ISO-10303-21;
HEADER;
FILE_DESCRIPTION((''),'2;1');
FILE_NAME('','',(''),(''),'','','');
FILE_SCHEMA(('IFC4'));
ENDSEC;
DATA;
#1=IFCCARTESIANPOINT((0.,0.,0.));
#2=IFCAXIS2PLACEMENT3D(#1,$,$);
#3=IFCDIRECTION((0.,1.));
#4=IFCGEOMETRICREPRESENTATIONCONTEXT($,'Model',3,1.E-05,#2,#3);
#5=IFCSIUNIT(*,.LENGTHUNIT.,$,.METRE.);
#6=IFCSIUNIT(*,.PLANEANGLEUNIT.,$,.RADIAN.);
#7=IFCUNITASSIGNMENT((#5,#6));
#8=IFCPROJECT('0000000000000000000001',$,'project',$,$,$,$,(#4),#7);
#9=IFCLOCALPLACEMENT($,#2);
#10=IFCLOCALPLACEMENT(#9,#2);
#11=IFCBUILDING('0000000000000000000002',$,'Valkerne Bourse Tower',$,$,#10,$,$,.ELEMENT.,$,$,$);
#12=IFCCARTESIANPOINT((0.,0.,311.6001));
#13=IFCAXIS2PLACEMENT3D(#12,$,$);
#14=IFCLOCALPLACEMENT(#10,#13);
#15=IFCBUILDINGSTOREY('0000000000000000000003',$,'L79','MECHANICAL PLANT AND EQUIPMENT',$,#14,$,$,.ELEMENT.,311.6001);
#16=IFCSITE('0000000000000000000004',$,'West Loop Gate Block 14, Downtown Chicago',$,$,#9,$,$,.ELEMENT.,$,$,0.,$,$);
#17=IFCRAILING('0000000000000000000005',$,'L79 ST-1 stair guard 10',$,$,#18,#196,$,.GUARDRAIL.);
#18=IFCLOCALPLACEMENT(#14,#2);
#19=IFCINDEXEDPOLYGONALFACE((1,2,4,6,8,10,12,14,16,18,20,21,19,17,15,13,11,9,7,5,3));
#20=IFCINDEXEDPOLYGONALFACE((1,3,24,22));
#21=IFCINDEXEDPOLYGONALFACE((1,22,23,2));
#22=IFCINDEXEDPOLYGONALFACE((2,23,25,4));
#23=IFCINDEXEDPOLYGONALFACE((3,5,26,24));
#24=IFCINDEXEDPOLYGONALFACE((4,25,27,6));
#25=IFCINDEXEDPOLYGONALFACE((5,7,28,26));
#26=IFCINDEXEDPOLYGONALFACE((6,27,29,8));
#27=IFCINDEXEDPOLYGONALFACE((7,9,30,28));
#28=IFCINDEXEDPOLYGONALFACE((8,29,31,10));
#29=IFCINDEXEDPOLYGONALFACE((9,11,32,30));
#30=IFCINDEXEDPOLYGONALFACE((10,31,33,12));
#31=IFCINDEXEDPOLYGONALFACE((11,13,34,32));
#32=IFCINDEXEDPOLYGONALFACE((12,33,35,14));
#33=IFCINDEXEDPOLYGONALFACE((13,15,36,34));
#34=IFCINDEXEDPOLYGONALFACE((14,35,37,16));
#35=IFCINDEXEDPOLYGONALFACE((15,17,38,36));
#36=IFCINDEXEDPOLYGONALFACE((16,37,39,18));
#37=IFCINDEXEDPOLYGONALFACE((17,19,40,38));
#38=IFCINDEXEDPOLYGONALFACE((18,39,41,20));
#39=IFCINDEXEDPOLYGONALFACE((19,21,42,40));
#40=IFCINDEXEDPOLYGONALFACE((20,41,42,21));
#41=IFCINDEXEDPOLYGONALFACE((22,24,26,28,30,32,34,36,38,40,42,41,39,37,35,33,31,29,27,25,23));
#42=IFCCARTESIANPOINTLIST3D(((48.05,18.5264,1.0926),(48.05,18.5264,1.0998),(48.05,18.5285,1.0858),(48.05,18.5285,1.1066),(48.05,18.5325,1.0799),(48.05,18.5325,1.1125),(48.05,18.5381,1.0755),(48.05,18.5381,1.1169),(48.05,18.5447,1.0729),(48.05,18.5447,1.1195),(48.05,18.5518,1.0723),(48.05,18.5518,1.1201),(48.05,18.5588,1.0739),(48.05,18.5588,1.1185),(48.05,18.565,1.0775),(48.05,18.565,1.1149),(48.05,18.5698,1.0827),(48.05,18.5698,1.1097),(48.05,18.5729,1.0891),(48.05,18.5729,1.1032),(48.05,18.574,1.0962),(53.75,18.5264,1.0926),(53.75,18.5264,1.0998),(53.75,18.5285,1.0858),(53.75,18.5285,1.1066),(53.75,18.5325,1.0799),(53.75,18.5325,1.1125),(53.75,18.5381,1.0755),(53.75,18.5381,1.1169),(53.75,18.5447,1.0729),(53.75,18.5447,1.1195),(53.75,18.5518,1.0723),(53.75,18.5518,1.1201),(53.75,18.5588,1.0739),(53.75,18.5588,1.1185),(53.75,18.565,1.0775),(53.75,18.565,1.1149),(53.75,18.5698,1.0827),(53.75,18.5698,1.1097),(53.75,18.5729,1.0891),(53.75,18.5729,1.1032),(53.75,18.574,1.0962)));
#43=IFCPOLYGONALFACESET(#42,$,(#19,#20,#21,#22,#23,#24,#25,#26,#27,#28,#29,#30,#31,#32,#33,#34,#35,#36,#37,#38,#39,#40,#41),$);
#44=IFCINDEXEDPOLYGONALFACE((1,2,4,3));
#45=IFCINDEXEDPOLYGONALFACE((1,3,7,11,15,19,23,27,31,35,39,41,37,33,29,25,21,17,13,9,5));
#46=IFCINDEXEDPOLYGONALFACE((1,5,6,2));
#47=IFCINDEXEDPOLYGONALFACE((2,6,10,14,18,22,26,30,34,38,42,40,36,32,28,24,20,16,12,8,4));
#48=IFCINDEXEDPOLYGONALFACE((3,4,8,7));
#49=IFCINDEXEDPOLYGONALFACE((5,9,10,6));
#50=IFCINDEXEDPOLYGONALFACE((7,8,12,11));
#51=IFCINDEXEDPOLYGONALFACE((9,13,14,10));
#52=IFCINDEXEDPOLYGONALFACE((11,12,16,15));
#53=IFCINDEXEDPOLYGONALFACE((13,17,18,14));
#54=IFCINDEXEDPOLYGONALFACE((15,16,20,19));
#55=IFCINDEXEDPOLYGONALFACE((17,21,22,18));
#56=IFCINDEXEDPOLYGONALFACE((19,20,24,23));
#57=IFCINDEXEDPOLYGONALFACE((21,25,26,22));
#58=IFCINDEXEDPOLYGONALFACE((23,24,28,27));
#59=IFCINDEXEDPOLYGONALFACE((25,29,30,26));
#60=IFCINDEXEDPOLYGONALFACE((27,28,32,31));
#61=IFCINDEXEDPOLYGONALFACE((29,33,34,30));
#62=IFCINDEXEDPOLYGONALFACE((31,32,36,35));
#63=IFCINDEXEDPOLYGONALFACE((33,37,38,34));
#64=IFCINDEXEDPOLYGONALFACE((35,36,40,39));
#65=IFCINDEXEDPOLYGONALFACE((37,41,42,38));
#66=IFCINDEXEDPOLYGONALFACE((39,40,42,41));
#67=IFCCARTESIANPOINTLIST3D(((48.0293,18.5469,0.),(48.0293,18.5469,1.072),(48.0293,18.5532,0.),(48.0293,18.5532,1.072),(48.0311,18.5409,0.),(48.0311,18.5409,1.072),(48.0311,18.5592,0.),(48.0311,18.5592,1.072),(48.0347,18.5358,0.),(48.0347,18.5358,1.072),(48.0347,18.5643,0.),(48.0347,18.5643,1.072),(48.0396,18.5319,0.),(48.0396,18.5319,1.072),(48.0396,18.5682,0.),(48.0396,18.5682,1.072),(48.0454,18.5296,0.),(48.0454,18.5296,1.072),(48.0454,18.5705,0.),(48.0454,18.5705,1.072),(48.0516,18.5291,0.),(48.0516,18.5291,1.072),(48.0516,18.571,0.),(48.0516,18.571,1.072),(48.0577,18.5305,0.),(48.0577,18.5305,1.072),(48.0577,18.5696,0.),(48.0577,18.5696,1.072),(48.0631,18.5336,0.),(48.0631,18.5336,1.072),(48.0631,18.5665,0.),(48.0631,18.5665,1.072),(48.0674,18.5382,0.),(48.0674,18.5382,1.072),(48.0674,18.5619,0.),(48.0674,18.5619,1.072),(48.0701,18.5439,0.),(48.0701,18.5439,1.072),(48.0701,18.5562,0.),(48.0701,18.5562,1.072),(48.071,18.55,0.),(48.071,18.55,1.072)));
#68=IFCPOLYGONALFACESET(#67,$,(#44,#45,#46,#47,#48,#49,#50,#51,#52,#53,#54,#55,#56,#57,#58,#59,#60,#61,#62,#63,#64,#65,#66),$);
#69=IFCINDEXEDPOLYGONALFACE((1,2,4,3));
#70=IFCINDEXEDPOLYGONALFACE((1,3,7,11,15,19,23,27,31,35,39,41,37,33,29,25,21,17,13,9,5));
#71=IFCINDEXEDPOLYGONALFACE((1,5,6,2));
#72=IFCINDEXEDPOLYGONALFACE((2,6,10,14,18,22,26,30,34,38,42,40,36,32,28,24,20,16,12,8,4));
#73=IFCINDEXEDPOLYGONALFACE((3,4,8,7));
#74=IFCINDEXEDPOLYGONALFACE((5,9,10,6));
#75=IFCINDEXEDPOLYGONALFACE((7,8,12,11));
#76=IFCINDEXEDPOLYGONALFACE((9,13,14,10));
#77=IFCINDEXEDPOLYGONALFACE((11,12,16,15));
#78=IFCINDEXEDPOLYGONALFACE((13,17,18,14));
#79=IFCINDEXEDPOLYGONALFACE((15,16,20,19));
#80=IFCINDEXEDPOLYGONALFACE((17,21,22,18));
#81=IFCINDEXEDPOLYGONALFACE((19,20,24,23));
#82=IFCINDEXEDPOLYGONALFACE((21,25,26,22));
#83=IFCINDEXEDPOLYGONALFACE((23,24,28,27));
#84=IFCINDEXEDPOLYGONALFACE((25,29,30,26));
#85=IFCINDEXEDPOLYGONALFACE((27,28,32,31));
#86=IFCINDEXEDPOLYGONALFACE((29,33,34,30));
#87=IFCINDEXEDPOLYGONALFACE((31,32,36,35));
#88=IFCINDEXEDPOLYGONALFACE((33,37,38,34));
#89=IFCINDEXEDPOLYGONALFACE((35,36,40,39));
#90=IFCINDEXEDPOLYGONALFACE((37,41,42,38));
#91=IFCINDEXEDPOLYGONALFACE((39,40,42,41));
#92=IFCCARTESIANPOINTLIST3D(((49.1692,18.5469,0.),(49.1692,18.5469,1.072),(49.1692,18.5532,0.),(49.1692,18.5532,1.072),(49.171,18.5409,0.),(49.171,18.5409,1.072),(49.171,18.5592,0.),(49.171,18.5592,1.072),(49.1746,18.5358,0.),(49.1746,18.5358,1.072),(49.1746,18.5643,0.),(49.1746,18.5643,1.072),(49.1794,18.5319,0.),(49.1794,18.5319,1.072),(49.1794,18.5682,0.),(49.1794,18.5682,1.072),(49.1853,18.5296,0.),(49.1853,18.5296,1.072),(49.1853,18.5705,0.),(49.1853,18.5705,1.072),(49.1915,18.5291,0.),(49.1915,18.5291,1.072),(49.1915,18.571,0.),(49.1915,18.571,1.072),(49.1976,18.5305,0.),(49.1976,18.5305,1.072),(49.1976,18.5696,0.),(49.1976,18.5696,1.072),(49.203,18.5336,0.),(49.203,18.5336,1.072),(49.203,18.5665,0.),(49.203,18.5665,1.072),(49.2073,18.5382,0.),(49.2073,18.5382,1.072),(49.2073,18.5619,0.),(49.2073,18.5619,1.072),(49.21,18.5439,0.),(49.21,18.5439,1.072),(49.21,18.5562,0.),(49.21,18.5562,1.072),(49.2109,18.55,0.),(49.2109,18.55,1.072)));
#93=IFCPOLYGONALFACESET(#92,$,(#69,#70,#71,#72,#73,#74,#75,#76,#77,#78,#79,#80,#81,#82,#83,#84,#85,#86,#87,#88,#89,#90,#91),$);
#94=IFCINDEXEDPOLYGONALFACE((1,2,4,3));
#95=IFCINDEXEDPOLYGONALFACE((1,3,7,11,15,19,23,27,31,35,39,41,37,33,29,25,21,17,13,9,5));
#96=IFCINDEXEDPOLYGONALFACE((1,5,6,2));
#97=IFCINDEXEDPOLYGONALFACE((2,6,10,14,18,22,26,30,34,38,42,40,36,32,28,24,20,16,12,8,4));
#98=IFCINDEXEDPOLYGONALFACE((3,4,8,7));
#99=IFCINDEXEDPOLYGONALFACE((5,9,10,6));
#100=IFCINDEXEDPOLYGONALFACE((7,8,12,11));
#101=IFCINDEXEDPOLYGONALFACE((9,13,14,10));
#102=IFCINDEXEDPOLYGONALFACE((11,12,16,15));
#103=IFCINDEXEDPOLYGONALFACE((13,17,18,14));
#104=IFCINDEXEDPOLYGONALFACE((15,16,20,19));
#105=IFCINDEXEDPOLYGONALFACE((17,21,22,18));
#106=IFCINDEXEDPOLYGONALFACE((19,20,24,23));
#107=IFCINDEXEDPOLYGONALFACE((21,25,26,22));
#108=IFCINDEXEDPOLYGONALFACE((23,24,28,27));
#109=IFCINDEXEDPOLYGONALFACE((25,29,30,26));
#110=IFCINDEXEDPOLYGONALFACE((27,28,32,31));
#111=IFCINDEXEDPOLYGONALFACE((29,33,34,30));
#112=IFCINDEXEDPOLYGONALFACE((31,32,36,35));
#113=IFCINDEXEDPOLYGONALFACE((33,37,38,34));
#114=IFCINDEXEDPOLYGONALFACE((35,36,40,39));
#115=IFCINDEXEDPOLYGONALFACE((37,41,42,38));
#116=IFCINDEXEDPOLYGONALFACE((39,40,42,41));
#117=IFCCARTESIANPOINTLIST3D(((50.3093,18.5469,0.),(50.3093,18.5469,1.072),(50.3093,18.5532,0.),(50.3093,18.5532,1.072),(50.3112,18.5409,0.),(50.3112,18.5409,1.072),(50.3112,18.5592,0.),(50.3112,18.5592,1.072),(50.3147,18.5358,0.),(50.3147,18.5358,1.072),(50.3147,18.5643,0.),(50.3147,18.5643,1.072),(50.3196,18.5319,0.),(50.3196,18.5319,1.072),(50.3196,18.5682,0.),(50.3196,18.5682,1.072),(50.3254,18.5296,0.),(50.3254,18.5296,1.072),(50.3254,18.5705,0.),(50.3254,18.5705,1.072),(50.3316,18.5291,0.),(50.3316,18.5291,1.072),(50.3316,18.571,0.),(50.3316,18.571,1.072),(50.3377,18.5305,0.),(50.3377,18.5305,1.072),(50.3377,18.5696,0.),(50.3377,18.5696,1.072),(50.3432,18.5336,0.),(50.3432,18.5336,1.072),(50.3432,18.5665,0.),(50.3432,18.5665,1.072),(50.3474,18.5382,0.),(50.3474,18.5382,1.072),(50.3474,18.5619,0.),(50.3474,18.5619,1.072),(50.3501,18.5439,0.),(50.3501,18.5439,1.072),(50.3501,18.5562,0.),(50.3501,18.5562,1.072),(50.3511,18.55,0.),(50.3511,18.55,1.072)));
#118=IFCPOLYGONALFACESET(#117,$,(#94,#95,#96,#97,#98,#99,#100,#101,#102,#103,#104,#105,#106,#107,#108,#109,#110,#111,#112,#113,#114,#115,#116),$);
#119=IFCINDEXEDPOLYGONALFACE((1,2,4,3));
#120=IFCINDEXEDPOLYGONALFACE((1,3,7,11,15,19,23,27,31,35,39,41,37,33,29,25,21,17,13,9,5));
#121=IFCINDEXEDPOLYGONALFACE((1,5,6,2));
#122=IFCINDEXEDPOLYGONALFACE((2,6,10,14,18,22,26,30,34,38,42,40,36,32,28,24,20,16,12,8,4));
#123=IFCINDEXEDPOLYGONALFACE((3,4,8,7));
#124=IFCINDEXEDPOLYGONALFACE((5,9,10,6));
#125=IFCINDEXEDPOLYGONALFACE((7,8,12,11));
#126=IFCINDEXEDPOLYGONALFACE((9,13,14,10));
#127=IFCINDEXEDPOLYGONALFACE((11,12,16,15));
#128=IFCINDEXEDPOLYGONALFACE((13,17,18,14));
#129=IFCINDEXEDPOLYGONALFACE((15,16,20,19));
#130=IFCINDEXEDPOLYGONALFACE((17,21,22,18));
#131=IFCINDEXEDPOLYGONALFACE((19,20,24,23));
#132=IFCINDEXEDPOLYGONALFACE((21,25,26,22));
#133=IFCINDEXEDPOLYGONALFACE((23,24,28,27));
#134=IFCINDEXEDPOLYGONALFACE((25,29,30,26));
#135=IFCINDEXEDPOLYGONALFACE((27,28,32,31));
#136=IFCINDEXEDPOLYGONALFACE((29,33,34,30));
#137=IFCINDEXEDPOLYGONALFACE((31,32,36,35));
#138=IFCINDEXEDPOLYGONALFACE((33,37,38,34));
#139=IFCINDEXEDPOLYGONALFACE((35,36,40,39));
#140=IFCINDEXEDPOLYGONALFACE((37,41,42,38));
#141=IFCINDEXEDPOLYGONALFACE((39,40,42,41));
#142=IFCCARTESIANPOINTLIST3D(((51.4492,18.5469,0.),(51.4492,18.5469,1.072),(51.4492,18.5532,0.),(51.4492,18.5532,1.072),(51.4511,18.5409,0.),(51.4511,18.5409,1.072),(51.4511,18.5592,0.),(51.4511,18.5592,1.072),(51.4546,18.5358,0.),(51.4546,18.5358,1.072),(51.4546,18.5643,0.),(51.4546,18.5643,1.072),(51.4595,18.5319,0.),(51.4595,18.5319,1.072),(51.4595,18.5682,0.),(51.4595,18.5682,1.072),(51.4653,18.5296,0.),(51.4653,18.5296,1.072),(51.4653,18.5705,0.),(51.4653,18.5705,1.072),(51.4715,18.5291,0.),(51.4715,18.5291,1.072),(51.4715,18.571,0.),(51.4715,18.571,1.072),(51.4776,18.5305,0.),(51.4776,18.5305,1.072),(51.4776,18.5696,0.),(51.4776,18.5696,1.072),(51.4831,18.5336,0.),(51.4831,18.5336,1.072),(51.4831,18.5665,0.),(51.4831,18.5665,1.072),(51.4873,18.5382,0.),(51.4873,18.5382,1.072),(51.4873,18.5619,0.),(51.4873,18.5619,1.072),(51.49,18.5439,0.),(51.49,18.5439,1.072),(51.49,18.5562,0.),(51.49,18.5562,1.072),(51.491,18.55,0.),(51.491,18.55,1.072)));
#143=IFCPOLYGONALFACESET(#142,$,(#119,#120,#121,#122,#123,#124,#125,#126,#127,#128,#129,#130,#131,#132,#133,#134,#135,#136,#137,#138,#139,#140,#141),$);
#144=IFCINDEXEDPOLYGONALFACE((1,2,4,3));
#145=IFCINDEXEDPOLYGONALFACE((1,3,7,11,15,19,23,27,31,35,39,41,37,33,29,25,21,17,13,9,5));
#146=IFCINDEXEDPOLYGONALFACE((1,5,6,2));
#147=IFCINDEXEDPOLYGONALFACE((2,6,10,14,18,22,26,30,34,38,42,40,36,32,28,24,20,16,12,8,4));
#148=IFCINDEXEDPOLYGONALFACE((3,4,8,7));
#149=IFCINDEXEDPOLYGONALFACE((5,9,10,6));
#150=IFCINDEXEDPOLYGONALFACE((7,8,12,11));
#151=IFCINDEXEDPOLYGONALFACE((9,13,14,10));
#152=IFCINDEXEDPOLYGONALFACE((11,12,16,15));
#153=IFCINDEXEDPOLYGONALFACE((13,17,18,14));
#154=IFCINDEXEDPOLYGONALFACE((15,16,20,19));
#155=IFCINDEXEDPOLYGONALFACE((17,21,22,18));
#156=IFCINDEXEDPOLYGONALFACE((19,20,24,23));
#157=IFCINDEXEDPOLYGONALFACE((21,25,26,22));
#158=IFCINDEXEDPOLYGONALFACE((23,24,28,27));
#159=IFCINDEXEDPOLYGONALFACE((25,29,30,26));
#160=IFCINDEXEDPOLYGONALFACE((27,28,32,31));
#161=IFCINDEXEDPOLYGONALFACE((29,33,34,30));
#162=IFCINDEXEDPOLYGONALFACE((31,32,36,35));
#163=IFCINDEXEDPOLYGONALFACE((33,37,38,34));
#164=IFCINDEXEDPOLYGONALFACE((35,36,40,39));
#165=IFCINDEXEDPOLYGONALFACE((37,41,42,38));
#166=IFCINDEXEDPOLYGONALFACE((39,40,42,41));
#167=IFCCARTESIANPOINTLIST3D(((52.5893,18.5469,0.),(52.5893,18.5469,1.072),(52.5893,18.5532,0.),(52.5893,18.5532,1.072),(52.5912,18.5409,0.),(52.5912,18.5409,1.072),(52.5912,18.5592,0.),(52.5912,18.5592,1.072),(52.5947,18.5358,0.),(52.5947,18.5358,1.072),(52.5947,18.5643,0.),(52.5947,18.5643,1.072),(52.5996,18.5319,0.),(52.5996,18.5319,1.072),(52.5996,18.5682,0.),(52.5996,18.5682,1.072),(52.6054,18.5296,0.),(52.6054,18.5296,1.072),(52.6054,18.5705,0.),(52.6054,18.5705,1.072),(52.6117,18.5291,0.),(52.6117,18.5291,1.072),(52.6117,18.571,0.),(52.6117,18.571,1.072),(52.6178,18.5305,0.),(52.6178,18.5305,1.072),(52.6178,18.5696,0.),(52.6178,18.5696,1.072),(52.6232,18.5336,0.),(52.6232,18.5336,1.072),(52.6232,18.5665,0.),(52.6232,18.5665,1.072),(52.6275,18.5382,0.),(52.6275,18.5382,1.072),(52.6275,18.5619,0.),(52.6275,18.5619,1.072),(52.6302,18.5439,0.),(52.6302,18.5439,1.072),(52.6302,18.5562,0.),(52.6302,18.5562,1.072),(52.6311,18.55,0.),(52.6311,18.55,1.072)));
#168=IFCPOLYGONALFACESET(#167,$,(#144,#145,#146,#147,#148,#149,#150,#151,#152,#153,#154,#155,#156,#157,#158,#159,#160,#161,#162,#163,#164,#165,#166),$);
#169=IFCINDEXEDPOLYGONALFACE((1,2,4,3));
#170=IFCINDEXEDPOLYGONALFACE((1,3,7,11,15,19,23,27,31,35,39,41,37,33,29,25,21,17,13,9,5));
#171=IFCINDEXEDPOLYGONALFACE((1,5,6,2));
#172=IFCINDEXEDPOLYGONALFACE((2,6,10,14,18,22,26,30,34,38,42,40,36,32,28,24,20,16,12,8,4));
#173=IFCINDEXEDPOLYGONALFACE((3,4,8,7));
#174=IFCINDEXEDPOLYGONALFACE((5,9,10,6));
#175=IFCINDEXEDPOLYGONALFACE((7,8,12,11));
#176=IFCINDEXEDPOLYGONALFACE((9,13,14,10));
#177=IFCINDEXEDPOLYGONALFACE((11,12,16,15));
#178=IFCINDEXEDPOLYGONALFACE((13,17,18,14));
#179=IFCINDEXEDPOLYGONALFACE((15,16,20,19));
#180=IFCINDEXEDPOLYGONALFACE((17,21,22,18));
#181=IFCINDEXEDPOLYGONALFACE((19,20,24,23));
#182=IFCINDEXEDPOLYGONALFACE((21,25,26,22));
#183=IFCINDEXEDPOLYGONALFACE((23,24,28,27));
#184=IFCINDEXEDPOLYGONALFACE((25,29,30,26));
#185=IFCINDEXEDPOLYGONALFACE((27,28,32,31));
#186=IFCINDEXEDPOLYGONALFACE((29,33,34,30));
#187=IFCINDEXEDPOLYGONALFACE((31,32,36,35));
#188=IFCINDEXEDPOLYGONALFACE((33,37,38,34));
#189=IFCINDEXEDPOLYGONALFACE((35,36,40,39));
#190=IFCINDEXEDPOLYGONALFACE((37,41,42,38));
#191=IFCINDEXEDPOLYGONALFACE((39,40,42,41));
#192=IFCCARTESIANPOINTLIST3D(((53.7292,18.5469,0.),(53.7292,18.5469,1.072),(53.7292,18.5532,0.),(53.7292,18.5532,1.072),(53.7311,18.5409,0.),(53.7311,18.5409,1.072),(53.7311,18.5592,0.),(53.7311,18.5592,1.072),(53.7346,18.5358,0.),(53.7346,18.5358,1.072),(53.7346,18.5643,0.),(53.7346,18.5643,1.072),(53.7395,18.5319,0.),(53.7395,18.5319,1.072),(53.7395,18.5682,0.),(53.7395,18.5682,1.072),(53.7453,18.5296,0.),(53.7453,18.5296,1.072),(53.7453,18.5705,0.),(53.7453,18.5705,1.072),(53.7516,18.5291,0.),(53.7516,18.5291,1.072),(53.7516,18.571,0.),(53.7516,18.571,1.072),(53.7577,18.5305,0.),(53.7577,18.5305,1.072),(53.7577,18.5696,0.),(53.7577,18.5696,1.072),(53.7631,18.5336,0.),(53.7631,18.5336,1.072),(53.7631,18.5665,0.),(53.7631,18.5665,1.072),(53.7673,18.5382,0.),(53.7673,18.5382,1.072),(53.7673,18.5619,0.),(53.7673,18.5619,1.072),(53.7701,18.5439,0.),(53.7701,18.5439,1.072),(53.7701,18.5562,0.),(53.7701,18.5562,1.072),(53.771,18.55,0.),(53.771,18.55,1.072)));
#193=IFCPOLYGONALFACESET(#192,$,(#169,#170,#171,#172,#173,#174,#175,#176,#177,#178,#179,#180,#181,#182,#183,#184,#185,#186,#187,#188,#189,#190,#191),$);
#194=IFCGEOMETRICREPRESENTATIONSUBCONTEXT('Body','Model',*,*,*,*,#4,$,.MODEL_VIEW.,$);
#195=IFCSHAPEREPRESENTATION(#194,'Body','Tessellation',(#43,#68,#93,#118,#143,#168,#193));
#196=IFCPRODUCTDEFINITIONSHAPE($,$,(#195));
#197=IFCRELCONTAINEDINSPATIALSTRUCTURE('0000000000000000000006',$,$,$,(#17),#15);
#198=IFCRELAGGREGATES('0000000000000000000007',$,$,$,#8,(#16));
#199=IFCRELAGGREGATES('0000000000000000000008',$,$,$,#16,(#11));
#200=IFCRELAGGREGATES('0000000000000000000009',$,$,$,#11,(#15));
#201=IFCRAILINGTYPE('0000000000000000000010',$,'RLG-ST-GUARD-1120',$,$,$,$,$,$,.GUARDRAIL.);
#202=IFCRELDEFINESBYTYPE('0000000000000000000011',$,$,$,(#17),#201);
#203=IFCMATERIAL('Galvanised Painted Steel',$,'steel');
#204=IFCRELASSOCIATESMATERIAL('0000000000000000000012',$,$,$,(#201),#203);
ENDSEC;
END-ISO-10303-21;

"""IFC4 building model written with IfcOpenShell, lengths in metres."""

from ifc_helpers import new_model, si_unit, direction, frame, origin, origin_2d, place, context, subcontext, project, spatial, circle, extrude, material, type_object, element, save


model = new_model("IFC4")

# Units and contexts
model_context = context("Model", 3, precision=1e-05, world=origin(), true_north=direction((0.0, 1.0)))
body_context = subcontext(model_context, "Body", "Model", "MODEL_VIEW")
ifc_project = project(units=[si_unit("LENGTHUNIT", "METRE"), si_unit("PLANEANGLEUNIT", "RADIAN")], contexts=[model_context])

# Site, building, storey
site_placement = place(None, origin())
site = spatial("IfcSite", under=ifc_project, at=site_placement, Name="West Loop Gate Block 14, Downtown Chicago", CompositionType="ELEMENT", RefElevation=0.0)
building_placement = place(site_placement, origin())
building = spatial("IfcBuilding", under=site, at=building_placement, Name="Valkerne Bourse Tower", CompositionType="ELEMENT")
storey_placement = place(building_placement, frame((0.0, 0.0, 311.6001)))
storey = spatial("IfcBuildingStorey", under=building, at=storey_placement, Name="L79", Description="MECHANICAL PLANT AND EQUIPMENT", CompositionType="ELEMENT", Elevation=311.6001)

# Shared definitions
ifc_material_1 = material(Name="Galvanised Painted Steel", Category="steel")

# Railing
railing_type_1 = type_object("IfcRailingType", Name="RLG-ST-GUARD-1120", PredefinedType="GUARDRAIL", material=ifc_material_1)
for number, where, name in (
    (1, (48.05, 18.55, 0.0), "L79 ST-1 stair guard 10"),
):
    element("IfcRailing", number, at=place(storey_placement, frame(where)), inside=storey, type_object=railing_type_1, Name=name, PredefinedType="GUARDRAIL", context=body_context, shape_type="SweptSolid", body=[
        extrude(circle(Radius=0.0239, at=origin_2d()), frame((0.0, 0.0, 1.0962), z_axis=(1.0, 0.0, 0.0), x_axis=(0.0, 1.0, 0.0)), (0.0, 0.0, 1.0), 5.7),
        extrude(circle(Radius=0.021, at=origin_2d()), origin(), (0.0, 0.0, 1.0), 1.072),
        extrude(circle(Radius=0.021, at=origin_2d()), frame((1.1399, 0.0, 0.0)), (0.0, 0.0, 1.0), 1.072),
        extrude(circle(Radius=0.021, at=origin_2d()), frame((2.28, 0.0, 0.0)), (0.0, 0.0, 1.0), 1.072),
        extrude(circle(Radius=0.021, at=origin_2d()), frame((3.4199, 0.0, 0.0)), (0.0, 0.0, 1.0), 1.072),
        extrude(circle(Radius=0.021, at=origin_2d()), frame((4.5601, 0.0, 0.0)), (0.0, 0.0, 1.0), 1.072),
        extrude(circle(Radius=0.021, at=origin_2d()), frame((5.7, 0.0, 0.0)), (0.0, 0.0, 1.0), 1.072),
    ])

save(model, "model.ifc")
